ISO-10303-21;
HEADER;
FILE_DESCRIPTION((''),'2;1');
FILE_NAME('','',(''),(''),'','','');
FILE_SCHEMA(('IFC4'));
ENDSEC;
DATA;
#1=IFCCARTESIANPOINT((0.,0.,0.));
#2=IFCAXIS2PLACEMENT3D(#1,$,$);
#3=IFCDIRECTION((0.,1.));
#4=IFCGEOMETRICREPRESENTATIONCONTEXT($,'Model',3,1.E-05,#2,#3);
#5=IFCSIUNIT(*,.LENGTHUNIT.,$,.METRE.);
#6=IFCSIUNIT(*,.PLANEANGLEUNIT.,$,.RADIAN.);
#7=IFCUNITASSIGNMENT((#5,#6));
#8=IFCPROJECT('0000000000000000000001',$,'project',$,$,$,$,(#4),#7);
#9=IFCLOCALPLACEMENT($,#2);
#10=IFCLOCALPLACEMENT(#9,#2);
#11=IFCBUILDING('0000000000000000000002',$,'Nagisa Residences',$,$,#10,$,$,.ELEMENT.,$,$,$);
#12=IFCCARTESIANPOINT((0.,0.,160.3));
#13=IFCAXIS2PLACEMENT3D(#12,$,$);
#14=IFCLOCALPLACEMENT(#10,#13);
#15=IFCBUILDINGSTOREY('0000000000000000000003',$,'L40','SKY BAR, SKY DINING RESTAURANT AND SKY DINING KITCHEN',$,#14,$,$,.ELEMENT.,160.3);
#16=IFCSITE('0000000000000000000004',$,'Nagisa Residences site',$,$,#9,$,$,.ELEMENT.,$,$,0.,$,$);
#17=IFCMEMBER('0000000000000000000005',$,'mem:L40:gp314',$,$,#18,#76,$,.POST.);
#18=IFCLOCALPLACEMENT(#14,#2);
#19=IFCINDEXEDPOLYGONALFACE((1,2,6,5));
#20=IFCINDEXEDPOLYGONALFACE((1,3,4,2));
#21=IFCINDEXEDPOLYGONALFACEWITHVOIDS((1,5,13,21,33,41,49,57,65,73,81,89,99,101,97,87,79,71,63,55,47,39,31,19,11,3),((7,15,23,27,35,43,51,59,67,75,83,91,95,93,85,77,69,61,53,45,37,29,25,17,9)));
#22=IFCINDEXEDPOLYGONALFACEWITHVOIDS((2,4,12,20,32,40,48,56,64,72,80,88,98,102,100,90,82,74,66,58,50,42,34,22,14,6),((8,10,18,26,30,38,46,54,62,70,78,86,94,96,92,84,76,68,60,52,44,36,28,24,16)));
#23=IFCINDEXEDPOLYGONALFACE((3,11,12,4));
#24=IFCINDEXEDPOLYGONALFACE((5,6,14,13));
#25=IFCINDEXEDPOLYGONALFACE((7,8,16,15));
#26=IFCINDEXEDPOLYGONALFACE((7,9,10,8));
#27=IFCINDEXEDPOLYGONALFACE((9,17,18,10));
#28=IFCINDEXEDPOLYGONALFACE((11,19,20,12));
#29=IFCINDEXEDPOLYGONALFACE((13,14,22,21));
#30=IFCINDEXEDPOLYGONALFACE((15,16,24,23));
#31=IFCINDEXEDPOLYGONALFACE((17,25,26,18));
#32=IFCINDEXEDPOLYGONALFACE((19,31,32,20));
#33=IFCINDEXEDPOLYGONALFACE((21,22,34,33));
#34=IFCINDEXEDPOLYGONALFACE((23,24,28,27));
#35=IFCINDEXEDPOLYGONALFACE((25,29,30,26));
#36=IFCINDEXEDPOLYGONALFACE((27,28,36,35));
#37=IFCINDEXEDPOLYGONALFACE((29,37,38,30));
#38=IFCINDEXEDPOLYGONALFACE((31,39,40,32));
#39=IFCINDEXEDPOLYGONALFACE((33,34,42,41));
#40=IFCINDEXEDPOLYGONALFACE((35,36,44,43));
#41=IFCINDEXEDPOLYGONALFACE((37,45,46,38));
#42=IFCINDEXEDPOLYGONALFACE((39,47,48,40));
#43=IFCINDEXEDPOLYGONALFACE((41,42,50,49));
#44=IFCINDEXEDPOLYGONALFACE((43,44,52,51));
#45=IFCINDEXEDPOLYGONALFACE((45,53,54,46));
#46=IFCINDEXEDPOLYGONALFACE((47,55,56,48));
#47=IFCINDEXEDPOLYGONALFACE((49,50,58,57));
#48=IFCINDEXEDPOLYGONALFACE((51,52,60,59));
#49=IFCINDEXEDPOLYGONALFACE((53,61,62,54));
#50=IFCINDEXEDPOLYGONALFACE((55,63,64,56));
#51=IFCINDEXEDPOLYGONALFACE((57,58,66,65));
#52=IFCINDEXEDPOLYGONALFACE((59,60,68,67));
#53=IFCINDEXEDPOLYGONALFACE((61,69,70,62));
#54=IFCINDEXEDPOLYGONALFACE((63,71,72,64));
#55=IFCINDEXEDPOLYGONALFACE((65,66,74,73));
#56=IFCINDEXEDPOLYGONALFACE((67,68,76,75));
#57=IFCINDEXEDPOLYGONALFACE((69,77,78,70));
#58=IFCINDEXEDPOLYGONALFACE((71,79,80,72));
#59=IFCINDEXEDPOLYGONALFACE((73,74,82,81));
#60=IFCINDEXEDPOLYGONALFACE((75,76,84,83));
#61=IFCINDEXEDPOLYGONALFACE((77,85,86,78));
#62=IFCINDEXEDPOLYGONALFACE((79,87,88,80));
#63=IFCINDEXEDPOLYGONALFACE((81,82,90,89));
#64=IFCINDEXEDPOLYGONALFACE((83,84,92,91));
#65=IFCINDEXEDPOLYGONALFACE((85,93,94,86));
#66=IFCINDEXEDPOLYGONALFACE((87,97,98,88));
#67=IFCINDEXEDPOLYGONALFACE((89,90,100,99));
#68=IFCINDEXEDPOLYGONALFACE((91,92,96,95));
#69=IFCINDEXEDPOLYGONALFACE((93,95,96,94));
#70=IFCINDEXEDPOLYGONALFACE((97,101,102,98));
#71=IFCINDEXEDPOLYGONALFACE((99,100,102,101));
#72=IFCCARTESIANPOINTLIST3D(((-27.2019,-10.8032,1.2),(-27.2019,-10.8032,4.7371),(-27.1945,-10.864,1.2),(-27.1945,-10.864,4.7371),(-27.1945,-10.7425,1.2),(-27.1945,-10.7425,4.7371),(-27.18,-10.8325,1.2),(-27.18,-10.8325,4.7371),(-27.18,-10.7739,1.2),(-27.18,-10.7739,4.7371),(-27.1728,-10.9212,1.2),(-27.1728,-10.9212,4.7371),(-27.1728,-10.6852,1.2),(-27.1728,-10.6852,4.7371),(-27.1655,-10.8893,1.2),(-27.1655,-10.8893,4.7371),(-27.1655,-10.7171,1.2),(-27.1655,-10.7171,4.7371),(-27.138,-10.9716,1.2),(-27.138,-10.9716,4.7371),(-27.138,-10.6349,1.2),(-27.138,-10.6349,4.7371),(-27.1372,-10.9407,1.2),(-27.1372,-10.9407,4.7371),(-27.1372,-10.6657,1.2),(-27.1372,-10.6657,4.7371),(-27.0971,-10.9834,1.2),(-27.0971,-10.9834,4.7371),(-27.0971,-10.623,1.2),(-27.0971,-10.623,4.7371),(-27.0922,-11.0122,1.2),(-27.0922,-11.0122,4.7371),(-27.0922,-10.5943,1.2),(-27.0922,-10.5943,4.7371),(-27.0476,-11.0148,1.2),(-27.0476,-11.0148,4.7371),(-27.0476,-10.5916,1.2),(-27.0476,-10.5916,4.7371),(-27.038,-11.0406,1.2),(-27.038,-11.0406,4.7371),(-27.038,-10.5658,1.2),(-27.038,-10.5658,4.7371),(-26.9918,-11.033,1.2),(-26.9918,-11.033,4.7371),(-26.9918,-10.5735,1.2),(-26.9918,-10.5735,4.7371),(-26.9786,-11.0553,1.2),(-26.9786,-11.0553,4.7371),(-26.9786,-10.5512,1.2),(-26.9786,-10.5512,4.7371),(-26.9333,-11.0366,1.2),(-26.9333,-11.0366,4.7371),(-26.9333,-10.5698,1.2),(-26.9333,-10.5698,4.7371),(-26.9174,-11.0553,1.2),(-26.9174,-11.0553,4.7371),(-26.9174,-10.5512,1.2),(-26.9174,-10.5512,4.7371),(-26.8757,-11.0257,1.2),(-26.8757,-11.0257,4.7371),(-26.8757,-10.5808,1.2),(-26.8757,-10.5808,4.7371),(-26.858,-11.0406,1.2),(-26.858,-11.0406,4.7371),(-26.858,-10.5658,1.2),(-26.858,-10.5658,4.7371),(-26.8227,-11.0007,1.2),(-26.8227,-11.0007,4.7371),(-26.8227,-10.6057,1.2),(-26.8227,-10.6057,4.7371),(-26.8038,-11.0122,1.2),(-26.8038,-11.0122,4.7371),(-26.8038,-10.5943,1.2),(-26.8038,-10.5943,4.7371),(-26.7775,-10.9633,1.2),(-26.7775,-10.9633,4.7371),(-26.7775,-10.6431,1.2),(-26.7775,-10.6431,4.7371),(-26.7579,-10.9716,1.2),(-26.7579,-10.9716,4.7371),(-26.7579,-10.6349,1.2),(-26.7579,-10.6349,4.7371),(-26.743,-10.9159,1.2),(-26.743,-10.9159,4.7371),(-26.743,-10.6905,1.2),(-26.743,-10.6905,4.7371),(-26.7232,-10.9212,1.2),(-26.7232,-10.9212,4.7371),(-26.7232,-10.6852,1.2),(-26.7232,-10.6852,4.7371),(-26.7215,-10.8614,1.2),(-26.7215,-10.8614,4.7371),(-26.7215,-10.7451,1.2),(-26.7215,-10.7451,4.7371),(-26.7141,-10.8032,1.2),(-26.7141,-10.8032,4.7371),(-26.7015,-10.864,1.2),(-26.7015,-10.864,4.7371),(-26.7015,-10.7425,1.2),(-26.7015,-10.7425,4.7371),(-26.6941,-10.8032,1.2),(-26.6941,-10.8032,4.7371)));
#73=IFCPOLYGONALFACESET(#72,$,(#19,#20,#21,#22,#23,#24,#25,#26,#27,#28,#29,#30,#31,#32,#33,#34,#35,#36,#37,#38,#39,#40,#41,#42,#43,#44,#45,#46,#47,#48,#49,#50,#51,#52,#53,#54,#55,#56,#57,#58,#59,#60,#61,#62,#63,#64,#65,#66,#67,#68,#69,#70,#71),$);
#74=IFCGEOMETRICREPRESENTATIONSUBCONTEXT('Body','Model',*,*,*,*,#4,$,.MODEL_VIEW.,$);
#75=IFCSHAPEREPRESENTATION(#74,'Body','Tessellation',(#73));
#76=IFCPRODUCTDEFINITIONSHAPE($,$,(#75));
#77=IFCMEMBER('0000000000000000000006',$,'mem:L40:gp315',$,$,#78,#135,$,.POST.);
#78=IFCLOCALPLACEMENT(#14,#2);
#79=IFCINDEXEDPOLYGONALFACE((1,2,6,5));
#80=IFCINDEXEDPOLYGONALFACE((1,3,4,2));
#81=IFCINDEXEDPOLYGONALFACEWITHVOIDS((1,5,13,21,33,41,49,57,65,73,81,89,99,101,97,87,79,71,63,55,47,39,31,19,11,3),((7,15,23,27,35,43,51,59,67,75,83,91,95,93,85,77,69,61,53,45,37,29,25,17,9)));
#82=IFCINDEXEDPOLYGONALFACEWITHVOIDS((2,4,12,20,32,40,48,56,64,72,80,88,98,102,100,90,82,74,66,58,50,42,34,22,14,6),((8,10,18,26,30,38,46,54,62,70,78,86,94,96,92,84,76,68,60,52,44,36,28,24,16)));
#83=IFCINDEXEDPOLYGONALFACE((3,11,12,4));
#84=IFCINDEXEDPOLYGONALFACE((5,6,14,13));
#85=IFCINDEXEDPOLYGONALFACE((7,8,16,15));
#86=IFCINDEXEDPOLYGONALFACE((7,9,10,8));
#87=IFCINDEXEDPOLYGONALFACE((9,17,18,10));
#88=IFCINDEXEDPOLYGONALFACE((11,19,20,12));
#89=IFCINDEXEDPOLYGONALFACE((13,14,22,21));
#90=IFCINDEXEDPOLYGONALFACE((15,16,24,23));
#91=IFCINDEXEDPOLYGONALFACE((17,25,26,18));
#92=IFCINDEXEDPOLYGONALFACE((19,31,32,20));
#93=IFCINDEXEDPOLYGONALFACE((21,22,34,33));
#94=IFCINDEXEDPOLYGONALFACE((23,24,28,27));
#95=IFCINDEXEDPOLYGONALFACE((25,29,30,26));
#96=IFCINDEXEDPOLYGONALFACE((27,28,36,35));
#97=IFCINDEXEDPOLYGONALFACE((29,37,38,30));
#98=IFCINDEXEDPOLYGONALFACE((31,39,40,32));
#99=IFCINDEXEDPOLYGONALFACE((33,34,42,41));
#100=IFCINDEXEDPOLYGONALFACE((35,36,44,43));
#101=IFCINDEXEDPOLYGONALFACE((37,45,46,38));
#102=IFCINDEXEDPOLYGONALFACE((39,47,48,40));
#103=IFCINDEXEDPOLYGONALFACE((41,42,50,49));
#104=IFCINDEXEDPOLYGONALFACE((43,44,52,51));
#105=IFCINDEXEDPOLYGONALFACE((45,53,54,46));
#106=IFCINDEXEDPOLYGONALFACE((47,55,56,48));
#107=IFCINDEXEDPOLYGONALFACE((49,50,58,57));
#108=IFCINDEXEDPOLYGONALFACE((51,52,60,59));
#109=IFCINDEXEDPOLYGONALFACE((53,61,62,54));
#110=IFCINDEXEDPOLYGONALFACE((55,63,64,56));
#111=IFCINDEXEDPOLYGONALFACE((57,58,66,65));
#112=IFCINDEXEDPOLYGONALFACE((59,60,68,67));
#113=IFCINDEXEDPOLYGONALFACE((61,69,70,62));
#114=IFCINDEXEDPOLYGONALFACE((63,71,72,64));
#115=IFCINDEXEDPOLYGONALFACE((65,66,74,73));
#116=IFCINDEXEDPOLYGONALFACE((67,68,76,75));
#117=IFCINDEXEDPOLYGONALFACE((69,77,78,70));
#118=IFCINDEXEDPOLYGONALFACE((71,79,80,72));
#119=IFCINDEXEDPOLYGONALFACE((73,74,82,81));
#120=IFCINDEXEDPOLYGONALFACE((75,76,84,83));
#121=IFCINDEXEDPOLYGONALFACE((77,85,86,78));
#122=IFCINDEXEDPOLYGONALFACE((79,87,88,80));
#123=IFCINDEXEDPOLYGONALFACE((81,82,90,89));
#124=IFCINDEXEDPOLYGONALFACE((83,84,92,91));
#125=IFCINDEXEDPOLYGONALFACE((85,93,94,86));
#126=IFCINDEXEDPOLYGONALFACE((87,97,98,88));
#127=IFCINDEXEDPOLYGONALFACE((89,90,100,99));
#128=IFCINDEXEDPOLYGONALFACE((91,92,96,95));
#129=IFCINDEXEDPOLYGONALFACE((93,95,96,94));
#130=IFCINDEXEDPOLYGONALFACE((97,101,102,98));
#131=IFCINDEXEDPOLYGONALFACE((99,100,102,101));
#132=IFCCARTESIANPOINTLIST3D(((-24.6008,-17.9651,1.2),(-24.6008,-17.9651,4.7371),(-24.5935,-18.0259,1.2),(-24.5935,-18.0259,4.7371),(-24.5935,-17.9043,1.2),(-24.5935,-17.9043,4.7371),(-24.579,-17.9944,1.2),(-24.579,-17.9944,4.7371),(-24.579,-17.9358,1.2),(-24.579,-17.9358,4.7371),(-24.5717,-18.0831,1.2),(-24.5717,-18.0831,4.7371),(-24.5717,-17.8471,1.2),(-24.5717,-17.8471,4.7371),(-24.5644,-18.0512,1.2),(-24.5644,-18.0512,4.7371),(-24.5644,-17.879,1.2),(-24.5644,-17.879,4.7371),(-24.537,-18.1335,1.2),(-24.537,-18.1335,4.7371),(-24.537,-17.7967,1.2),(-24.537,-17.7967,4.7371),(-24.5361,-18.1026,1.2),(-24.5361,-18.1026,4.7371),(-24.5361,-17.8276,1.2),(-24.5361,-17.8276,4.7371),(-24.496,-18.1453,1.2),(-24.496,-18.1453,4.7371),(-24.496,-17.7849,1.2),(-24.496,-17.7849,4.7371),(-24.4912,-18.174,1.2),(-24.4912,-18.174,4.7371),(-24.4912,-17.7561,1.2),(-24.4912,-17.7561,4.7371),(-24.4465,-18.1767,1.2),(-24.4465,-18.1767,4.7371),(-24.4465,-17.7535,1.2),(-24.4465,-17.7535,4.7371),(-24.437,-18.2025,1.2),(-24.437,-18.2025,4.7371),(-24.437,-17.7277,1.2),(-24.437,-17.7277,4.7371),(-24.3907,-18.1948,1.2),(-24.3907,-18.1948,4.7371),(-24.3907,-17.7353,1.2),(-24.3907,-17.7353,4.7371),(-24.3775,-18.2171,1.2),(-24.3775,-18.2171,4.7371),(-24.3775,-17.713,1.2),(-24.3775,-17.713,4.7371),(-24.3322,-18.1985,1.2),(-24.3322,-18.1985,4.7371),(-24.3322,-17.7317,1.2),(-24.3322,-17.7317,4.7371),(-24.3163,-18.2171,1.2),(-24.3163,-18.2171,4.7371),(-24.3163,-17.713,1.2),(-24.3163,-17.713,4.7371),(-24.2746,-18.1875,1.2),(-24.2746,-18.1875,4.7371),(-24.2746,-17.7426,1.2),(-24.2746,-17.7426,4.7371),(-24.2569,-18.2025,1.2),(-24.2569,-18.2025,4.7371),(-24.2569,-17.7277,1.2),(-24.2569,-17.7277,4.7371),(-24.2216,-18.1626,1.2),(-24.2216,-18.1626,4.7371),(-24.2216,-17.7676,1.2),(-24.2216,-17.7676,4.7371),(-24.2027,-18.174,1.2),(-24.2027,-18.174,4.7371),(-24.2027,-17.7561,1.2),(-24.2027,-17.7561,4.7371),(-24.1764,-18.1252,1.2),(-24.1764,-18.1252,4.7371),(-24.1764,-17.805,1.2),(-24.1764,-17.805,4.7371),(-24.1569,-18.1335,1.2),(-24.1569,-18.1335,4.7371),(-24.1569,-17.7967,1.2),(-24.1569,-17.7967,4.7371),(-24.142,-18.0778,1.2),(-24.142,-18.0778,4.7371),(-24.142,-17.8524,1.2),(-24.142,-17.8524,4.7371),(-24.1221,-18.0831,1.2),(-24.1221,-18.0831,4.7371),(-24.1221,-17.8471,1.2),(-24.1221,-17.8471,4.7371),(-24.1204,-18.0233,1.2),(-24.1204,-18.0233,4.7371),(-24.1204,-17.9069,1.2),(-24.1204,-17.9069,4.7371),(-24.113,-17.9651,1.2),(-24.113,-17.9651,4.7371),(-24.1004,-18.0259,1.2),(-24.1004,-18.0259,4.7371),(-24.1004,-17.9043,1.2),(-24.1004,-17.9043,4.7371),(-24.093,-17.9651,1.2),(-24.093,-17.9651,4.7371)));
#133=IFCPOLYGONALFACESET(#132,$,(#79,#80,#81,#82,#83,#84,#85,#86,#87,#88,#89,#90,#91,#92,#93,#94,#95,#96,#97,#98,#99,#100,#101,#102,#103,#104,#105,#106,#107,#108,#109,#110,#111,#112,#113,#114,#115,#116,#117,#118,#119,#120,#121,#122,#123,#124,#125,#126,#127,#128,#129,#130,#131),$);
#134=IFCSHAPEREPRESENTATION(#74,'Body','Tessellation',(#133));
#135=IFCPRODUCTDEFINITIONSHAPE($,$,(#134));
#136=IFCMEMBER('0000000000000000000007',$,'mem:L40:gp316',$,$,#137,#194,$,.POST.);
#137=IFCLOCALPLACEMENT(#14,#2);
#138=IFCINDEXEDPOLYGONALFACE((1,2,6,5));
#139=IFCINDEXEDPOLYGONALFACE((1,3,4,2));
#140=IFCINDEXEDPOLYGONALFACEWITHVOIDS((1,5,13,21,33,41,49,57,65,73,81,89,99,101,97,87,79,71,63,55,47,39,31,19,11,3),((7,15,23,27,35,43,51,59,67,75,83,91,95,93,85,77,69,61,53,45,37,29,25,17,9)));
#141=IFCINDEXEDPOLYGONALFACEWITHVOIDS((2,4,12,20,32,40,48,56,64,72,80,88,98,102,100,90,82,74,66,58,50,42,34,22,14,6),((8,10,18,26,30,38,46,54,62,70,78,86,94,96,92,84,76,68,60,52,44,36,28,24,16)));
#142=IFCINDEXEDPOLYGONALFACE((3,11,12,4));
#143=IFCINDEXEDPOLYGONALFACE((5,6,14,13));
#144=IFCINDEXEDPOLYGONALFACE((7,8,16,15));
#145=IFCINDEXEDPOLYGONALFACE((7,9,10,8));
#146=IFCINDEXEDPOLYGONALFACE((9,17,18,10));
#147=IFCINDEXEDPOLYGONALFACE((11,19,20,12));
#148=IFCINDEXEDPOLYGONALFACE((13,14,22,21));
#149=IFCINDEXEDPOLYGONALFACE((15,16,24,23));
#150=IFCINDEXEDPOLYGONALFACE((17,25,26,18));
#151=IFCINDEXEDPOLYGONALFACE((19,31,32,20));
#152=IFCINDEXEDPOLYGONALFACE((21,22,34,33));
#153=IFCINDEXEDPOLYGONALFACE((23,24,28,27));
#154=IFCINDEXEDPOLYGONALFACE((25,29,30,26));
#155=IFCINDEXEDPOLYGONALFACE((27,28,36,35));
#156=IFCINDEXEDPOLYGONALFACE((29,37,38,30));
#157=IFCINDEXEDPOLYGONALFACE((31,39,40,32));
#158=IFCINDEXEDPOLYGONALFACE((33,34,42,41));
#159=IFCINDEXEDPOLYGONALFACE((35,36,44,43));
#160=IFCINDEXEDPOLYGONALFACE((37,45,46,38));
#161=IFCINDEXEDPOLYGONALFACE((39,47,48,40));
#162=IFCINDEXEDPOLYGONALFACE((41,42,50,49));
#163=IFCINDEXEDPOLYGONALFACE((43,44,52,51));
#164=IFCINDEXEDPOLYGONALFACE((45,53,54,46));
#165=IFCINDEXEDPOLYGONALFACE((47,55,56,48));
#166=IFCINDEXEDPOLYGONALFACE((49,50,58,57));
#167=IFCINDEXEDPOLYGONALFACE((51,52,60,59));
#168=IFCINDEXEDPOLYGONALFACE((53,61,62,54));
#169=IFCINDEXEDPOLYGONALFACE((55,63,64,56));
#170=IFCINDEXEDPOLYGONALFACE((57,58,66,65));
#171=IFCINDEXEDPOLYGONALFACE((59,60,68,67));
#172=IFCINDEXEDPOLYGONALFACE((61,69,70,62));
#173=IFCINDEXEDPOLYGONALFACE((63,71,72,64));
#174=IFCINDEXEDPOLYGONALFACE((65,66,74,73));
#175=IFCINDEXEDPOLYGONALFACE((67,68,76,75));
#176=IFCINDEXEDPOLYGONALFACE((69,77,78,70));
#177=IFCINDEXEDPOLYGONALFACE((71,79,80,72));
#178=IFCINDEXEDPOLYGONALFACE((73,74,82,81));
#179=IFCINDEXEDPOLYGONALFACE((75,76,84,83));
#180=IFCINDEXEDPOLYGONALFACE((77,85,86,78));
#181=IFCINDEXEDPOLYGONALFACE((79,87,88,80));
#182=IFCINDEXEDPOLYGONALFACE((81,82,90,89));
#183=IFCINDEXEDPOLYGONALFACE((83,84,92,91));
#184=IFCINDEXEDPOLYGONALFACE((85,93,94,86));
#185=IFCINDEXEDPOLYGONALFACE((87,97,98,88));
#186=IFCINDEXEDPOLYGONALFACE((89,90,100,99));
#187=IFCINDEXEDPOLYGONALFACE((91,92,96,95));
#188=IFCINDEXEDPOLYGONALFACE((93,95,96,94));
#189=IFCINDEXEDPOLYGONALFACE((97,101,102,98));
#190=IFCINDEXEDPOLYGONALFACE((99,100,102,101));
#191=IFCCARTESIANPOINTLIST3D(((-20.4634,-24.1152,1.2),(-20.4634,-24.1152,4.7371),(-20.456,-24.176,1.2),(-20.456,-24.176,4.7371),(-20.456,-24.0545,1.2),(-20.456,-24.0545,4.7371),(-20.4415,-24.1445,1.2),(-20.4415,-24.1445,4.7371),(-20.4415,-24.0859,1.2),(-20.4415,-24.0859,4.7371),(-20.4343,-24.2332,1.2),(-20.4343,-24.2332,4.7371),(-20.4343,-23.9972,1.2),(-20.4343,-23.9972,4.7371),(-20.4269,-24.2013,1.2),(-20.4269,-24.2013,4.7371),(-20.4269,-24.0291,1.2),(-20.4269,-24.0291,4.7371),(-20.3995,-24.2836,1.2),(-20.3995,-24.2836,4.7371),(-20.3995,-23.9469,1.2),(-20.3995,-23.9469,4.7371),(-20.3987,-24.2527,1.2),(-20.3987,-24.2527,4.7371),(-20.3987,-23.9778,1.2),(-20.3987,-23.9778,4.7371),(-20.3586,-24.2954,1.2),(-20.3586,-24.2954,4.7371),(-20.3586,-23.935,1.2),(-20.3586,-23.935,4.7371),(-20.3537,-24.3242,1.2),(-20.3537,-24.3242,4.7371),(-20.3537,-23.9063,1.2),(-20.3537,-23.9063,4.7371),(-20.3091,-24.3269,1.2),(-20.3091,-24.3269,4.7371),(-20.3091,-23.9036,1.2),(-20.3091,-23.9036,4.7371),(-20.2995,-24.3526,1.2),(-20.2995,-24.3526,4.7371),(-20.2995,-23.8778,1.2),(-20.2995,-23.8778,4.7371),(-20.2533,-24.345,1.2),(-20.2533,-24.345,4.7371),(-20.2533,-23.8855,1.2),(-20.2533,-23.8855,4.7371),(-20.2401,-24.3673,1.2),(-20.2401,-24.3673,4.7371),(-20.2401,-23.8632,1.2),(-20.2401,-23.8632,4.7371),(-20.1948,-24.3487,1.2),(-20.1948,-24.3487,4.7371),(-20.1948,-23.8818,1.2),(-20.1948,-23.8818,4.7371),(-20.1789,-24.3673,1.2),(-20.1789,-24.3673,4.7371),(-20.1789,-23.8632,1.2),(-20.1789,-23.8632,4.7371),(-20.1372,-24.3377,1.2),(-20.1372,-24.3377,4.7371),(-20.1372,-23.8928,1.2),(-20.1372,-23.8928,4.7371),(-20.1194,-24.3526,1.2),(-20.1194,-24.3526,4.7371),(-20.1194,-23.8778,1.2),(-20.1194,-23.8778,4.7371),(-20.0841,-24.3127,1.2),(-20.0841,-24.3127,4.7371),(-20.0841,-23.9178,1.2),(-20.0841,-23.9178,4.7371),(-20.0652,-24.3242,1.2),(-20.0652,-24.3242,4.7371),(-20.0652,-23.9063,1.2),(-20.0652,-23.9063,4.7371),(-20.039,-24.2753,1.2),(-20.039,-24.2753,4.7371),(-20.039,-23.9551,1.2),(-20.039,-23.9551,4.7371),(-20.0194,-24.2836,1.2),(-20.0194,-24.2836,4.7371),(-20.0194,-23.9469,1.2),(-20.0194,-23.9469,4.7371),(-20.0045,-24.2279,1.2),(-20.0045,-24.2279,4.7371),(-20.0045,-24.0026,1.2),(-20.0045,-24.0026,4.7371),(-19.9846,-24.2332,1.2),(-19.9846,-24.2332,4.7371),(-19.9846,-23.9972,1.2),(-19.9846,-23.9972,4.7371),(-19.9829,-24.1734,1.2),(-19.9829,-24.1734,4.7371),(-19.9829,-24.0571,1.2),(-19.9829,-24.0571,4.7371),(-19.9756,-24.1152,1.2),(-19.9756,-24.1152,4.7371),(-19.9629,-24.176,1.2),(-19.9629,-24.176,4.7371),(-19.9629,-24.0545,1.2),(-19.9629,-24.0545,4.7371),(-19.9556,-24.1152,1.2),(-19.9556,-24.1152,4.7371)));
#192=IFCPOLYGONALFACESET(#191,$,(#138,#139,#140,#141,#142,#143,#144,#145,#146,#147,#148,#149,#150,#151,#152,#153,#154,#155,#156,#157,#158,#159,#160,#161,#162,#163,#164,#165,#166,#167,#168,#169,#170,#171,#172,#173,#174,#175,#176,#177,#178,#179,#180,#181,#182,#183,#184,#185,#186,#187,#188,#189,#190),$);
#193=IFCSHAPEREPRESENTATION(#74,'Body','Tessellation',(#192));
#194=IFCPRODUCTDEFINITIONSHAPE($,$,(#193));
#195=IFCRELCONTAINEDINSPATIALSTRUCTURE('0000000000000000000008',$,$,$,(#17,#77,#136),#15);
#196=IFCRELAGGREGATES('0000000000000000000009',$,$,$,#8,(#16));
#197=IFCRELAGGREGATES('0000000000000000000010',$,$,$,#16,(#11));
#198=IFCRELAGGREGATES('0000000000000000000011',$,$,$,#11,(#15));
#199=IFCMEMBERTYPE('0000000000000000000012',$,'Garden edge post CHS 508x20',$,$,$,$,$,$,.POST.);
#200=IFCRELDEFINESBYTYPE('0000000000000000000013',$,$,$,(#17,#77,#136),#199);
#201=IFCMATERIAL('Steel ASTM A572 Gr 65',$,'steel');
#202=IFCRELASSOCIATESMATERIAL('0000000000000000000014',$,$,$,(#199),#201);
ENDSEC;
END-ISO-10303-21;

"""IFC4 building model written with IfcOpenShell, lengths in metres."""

from ifc_helpers import new_model, si_unit, direction, frame, origin, origin_2d, place, context, subcontext, project, spatial, hollow_circle, extrude, material, material_profile, profile_set, type_object, element, save


model = new_model("IFC4")

# Units and contexts
model_context = context("Model", 3, precision=1e-05, world=origin(), true_north=direction((0.0, 1.0)))
body_context = subcontext(model_context, "Body", "Model", "MODEL_VIEW")
ifc_project = project(units=[si_unit("LENGTHUNIT", "METRE"), si_unit("PLANEANGLEUNIT", "RADIAN")], contexts=[model_context])

# Site, building, storey
site_placement = place(None, origin())
site = spatial("IfcSite", under=ifc_project, at=site_placement, Name="Nagisa Residences site", CompositionType="ELEMENT", RefElevation=0.0)
building_placement = place(site_placement, origin())
building = spatial("IfcBuilding", under=site, at=building_placement, Name="Nagisa Residences", CompositionType="ELEMENT")
storey_placement = place(building_placement, frame((0.0, 0.0, 160.3)))
storey = spatial("IfcBuildingStorey", under=building, at=storey_placement, Name="L40", Description="SKY BAR, SKY DINING RESTAURANT AND SKY DINING KITCHEN", CompositionType="ELEMENT", Elevation=160.3)

# Members
ifc_material_1 = material(Name="Steel ASTM A572 Gr 65", Category="steel")
ifc_material_profile_1 = material_profile(ifc_material_1, hollow_circle(Radius=0.2539, WallThickness=0.02, at=origin_2d()), Name="CHS 508x20")
ifc_profile_set_1 = profile_set([ifc_material_profile_1], Name="Steel ASTM A572 Gr 65")
member_type_1 = type_object("IfcMemberType", Name="Garden edge post CHS 508x20", PredefinedType="POST", material=ifc_profile_set_1)
for number, where, z_axis, x_axis, name in (
    (1, (-26.948, -10.8032, 1.2), (0.0, 0.0, 1.0), (1.0, 0.0, 0.0), "mem:L40:gp314"),
    (2, (-24.3469, -17.9651, 1.2), (0.0, 0.0, 1.0), (1.0, 0.0, 0.0), "mem:L40:gp315"),
    (3, (-20.2095, -24.1152, 1.2), (0.0, 0.0, 1.0), (1.0, 0.0, 0.0), "mem:L40:gp316"),
):
    element("IfcMember", number, at=place(storey_placement, frame(where, z_axis=z_axis, x_axis=x_axis)), inside=storey, type_object=member_type_1, Name=name, PredefinedType="POST", context=body_context, shape_type="SweptSolid", body=[
        extrude(hollow_circle(Radius=0.2539, WallThickness=0.02, at=origin_2d()), origin(), (0.0, 0.0, 1.0), 3.5371),
    ])

save(model, "model.ifc")
